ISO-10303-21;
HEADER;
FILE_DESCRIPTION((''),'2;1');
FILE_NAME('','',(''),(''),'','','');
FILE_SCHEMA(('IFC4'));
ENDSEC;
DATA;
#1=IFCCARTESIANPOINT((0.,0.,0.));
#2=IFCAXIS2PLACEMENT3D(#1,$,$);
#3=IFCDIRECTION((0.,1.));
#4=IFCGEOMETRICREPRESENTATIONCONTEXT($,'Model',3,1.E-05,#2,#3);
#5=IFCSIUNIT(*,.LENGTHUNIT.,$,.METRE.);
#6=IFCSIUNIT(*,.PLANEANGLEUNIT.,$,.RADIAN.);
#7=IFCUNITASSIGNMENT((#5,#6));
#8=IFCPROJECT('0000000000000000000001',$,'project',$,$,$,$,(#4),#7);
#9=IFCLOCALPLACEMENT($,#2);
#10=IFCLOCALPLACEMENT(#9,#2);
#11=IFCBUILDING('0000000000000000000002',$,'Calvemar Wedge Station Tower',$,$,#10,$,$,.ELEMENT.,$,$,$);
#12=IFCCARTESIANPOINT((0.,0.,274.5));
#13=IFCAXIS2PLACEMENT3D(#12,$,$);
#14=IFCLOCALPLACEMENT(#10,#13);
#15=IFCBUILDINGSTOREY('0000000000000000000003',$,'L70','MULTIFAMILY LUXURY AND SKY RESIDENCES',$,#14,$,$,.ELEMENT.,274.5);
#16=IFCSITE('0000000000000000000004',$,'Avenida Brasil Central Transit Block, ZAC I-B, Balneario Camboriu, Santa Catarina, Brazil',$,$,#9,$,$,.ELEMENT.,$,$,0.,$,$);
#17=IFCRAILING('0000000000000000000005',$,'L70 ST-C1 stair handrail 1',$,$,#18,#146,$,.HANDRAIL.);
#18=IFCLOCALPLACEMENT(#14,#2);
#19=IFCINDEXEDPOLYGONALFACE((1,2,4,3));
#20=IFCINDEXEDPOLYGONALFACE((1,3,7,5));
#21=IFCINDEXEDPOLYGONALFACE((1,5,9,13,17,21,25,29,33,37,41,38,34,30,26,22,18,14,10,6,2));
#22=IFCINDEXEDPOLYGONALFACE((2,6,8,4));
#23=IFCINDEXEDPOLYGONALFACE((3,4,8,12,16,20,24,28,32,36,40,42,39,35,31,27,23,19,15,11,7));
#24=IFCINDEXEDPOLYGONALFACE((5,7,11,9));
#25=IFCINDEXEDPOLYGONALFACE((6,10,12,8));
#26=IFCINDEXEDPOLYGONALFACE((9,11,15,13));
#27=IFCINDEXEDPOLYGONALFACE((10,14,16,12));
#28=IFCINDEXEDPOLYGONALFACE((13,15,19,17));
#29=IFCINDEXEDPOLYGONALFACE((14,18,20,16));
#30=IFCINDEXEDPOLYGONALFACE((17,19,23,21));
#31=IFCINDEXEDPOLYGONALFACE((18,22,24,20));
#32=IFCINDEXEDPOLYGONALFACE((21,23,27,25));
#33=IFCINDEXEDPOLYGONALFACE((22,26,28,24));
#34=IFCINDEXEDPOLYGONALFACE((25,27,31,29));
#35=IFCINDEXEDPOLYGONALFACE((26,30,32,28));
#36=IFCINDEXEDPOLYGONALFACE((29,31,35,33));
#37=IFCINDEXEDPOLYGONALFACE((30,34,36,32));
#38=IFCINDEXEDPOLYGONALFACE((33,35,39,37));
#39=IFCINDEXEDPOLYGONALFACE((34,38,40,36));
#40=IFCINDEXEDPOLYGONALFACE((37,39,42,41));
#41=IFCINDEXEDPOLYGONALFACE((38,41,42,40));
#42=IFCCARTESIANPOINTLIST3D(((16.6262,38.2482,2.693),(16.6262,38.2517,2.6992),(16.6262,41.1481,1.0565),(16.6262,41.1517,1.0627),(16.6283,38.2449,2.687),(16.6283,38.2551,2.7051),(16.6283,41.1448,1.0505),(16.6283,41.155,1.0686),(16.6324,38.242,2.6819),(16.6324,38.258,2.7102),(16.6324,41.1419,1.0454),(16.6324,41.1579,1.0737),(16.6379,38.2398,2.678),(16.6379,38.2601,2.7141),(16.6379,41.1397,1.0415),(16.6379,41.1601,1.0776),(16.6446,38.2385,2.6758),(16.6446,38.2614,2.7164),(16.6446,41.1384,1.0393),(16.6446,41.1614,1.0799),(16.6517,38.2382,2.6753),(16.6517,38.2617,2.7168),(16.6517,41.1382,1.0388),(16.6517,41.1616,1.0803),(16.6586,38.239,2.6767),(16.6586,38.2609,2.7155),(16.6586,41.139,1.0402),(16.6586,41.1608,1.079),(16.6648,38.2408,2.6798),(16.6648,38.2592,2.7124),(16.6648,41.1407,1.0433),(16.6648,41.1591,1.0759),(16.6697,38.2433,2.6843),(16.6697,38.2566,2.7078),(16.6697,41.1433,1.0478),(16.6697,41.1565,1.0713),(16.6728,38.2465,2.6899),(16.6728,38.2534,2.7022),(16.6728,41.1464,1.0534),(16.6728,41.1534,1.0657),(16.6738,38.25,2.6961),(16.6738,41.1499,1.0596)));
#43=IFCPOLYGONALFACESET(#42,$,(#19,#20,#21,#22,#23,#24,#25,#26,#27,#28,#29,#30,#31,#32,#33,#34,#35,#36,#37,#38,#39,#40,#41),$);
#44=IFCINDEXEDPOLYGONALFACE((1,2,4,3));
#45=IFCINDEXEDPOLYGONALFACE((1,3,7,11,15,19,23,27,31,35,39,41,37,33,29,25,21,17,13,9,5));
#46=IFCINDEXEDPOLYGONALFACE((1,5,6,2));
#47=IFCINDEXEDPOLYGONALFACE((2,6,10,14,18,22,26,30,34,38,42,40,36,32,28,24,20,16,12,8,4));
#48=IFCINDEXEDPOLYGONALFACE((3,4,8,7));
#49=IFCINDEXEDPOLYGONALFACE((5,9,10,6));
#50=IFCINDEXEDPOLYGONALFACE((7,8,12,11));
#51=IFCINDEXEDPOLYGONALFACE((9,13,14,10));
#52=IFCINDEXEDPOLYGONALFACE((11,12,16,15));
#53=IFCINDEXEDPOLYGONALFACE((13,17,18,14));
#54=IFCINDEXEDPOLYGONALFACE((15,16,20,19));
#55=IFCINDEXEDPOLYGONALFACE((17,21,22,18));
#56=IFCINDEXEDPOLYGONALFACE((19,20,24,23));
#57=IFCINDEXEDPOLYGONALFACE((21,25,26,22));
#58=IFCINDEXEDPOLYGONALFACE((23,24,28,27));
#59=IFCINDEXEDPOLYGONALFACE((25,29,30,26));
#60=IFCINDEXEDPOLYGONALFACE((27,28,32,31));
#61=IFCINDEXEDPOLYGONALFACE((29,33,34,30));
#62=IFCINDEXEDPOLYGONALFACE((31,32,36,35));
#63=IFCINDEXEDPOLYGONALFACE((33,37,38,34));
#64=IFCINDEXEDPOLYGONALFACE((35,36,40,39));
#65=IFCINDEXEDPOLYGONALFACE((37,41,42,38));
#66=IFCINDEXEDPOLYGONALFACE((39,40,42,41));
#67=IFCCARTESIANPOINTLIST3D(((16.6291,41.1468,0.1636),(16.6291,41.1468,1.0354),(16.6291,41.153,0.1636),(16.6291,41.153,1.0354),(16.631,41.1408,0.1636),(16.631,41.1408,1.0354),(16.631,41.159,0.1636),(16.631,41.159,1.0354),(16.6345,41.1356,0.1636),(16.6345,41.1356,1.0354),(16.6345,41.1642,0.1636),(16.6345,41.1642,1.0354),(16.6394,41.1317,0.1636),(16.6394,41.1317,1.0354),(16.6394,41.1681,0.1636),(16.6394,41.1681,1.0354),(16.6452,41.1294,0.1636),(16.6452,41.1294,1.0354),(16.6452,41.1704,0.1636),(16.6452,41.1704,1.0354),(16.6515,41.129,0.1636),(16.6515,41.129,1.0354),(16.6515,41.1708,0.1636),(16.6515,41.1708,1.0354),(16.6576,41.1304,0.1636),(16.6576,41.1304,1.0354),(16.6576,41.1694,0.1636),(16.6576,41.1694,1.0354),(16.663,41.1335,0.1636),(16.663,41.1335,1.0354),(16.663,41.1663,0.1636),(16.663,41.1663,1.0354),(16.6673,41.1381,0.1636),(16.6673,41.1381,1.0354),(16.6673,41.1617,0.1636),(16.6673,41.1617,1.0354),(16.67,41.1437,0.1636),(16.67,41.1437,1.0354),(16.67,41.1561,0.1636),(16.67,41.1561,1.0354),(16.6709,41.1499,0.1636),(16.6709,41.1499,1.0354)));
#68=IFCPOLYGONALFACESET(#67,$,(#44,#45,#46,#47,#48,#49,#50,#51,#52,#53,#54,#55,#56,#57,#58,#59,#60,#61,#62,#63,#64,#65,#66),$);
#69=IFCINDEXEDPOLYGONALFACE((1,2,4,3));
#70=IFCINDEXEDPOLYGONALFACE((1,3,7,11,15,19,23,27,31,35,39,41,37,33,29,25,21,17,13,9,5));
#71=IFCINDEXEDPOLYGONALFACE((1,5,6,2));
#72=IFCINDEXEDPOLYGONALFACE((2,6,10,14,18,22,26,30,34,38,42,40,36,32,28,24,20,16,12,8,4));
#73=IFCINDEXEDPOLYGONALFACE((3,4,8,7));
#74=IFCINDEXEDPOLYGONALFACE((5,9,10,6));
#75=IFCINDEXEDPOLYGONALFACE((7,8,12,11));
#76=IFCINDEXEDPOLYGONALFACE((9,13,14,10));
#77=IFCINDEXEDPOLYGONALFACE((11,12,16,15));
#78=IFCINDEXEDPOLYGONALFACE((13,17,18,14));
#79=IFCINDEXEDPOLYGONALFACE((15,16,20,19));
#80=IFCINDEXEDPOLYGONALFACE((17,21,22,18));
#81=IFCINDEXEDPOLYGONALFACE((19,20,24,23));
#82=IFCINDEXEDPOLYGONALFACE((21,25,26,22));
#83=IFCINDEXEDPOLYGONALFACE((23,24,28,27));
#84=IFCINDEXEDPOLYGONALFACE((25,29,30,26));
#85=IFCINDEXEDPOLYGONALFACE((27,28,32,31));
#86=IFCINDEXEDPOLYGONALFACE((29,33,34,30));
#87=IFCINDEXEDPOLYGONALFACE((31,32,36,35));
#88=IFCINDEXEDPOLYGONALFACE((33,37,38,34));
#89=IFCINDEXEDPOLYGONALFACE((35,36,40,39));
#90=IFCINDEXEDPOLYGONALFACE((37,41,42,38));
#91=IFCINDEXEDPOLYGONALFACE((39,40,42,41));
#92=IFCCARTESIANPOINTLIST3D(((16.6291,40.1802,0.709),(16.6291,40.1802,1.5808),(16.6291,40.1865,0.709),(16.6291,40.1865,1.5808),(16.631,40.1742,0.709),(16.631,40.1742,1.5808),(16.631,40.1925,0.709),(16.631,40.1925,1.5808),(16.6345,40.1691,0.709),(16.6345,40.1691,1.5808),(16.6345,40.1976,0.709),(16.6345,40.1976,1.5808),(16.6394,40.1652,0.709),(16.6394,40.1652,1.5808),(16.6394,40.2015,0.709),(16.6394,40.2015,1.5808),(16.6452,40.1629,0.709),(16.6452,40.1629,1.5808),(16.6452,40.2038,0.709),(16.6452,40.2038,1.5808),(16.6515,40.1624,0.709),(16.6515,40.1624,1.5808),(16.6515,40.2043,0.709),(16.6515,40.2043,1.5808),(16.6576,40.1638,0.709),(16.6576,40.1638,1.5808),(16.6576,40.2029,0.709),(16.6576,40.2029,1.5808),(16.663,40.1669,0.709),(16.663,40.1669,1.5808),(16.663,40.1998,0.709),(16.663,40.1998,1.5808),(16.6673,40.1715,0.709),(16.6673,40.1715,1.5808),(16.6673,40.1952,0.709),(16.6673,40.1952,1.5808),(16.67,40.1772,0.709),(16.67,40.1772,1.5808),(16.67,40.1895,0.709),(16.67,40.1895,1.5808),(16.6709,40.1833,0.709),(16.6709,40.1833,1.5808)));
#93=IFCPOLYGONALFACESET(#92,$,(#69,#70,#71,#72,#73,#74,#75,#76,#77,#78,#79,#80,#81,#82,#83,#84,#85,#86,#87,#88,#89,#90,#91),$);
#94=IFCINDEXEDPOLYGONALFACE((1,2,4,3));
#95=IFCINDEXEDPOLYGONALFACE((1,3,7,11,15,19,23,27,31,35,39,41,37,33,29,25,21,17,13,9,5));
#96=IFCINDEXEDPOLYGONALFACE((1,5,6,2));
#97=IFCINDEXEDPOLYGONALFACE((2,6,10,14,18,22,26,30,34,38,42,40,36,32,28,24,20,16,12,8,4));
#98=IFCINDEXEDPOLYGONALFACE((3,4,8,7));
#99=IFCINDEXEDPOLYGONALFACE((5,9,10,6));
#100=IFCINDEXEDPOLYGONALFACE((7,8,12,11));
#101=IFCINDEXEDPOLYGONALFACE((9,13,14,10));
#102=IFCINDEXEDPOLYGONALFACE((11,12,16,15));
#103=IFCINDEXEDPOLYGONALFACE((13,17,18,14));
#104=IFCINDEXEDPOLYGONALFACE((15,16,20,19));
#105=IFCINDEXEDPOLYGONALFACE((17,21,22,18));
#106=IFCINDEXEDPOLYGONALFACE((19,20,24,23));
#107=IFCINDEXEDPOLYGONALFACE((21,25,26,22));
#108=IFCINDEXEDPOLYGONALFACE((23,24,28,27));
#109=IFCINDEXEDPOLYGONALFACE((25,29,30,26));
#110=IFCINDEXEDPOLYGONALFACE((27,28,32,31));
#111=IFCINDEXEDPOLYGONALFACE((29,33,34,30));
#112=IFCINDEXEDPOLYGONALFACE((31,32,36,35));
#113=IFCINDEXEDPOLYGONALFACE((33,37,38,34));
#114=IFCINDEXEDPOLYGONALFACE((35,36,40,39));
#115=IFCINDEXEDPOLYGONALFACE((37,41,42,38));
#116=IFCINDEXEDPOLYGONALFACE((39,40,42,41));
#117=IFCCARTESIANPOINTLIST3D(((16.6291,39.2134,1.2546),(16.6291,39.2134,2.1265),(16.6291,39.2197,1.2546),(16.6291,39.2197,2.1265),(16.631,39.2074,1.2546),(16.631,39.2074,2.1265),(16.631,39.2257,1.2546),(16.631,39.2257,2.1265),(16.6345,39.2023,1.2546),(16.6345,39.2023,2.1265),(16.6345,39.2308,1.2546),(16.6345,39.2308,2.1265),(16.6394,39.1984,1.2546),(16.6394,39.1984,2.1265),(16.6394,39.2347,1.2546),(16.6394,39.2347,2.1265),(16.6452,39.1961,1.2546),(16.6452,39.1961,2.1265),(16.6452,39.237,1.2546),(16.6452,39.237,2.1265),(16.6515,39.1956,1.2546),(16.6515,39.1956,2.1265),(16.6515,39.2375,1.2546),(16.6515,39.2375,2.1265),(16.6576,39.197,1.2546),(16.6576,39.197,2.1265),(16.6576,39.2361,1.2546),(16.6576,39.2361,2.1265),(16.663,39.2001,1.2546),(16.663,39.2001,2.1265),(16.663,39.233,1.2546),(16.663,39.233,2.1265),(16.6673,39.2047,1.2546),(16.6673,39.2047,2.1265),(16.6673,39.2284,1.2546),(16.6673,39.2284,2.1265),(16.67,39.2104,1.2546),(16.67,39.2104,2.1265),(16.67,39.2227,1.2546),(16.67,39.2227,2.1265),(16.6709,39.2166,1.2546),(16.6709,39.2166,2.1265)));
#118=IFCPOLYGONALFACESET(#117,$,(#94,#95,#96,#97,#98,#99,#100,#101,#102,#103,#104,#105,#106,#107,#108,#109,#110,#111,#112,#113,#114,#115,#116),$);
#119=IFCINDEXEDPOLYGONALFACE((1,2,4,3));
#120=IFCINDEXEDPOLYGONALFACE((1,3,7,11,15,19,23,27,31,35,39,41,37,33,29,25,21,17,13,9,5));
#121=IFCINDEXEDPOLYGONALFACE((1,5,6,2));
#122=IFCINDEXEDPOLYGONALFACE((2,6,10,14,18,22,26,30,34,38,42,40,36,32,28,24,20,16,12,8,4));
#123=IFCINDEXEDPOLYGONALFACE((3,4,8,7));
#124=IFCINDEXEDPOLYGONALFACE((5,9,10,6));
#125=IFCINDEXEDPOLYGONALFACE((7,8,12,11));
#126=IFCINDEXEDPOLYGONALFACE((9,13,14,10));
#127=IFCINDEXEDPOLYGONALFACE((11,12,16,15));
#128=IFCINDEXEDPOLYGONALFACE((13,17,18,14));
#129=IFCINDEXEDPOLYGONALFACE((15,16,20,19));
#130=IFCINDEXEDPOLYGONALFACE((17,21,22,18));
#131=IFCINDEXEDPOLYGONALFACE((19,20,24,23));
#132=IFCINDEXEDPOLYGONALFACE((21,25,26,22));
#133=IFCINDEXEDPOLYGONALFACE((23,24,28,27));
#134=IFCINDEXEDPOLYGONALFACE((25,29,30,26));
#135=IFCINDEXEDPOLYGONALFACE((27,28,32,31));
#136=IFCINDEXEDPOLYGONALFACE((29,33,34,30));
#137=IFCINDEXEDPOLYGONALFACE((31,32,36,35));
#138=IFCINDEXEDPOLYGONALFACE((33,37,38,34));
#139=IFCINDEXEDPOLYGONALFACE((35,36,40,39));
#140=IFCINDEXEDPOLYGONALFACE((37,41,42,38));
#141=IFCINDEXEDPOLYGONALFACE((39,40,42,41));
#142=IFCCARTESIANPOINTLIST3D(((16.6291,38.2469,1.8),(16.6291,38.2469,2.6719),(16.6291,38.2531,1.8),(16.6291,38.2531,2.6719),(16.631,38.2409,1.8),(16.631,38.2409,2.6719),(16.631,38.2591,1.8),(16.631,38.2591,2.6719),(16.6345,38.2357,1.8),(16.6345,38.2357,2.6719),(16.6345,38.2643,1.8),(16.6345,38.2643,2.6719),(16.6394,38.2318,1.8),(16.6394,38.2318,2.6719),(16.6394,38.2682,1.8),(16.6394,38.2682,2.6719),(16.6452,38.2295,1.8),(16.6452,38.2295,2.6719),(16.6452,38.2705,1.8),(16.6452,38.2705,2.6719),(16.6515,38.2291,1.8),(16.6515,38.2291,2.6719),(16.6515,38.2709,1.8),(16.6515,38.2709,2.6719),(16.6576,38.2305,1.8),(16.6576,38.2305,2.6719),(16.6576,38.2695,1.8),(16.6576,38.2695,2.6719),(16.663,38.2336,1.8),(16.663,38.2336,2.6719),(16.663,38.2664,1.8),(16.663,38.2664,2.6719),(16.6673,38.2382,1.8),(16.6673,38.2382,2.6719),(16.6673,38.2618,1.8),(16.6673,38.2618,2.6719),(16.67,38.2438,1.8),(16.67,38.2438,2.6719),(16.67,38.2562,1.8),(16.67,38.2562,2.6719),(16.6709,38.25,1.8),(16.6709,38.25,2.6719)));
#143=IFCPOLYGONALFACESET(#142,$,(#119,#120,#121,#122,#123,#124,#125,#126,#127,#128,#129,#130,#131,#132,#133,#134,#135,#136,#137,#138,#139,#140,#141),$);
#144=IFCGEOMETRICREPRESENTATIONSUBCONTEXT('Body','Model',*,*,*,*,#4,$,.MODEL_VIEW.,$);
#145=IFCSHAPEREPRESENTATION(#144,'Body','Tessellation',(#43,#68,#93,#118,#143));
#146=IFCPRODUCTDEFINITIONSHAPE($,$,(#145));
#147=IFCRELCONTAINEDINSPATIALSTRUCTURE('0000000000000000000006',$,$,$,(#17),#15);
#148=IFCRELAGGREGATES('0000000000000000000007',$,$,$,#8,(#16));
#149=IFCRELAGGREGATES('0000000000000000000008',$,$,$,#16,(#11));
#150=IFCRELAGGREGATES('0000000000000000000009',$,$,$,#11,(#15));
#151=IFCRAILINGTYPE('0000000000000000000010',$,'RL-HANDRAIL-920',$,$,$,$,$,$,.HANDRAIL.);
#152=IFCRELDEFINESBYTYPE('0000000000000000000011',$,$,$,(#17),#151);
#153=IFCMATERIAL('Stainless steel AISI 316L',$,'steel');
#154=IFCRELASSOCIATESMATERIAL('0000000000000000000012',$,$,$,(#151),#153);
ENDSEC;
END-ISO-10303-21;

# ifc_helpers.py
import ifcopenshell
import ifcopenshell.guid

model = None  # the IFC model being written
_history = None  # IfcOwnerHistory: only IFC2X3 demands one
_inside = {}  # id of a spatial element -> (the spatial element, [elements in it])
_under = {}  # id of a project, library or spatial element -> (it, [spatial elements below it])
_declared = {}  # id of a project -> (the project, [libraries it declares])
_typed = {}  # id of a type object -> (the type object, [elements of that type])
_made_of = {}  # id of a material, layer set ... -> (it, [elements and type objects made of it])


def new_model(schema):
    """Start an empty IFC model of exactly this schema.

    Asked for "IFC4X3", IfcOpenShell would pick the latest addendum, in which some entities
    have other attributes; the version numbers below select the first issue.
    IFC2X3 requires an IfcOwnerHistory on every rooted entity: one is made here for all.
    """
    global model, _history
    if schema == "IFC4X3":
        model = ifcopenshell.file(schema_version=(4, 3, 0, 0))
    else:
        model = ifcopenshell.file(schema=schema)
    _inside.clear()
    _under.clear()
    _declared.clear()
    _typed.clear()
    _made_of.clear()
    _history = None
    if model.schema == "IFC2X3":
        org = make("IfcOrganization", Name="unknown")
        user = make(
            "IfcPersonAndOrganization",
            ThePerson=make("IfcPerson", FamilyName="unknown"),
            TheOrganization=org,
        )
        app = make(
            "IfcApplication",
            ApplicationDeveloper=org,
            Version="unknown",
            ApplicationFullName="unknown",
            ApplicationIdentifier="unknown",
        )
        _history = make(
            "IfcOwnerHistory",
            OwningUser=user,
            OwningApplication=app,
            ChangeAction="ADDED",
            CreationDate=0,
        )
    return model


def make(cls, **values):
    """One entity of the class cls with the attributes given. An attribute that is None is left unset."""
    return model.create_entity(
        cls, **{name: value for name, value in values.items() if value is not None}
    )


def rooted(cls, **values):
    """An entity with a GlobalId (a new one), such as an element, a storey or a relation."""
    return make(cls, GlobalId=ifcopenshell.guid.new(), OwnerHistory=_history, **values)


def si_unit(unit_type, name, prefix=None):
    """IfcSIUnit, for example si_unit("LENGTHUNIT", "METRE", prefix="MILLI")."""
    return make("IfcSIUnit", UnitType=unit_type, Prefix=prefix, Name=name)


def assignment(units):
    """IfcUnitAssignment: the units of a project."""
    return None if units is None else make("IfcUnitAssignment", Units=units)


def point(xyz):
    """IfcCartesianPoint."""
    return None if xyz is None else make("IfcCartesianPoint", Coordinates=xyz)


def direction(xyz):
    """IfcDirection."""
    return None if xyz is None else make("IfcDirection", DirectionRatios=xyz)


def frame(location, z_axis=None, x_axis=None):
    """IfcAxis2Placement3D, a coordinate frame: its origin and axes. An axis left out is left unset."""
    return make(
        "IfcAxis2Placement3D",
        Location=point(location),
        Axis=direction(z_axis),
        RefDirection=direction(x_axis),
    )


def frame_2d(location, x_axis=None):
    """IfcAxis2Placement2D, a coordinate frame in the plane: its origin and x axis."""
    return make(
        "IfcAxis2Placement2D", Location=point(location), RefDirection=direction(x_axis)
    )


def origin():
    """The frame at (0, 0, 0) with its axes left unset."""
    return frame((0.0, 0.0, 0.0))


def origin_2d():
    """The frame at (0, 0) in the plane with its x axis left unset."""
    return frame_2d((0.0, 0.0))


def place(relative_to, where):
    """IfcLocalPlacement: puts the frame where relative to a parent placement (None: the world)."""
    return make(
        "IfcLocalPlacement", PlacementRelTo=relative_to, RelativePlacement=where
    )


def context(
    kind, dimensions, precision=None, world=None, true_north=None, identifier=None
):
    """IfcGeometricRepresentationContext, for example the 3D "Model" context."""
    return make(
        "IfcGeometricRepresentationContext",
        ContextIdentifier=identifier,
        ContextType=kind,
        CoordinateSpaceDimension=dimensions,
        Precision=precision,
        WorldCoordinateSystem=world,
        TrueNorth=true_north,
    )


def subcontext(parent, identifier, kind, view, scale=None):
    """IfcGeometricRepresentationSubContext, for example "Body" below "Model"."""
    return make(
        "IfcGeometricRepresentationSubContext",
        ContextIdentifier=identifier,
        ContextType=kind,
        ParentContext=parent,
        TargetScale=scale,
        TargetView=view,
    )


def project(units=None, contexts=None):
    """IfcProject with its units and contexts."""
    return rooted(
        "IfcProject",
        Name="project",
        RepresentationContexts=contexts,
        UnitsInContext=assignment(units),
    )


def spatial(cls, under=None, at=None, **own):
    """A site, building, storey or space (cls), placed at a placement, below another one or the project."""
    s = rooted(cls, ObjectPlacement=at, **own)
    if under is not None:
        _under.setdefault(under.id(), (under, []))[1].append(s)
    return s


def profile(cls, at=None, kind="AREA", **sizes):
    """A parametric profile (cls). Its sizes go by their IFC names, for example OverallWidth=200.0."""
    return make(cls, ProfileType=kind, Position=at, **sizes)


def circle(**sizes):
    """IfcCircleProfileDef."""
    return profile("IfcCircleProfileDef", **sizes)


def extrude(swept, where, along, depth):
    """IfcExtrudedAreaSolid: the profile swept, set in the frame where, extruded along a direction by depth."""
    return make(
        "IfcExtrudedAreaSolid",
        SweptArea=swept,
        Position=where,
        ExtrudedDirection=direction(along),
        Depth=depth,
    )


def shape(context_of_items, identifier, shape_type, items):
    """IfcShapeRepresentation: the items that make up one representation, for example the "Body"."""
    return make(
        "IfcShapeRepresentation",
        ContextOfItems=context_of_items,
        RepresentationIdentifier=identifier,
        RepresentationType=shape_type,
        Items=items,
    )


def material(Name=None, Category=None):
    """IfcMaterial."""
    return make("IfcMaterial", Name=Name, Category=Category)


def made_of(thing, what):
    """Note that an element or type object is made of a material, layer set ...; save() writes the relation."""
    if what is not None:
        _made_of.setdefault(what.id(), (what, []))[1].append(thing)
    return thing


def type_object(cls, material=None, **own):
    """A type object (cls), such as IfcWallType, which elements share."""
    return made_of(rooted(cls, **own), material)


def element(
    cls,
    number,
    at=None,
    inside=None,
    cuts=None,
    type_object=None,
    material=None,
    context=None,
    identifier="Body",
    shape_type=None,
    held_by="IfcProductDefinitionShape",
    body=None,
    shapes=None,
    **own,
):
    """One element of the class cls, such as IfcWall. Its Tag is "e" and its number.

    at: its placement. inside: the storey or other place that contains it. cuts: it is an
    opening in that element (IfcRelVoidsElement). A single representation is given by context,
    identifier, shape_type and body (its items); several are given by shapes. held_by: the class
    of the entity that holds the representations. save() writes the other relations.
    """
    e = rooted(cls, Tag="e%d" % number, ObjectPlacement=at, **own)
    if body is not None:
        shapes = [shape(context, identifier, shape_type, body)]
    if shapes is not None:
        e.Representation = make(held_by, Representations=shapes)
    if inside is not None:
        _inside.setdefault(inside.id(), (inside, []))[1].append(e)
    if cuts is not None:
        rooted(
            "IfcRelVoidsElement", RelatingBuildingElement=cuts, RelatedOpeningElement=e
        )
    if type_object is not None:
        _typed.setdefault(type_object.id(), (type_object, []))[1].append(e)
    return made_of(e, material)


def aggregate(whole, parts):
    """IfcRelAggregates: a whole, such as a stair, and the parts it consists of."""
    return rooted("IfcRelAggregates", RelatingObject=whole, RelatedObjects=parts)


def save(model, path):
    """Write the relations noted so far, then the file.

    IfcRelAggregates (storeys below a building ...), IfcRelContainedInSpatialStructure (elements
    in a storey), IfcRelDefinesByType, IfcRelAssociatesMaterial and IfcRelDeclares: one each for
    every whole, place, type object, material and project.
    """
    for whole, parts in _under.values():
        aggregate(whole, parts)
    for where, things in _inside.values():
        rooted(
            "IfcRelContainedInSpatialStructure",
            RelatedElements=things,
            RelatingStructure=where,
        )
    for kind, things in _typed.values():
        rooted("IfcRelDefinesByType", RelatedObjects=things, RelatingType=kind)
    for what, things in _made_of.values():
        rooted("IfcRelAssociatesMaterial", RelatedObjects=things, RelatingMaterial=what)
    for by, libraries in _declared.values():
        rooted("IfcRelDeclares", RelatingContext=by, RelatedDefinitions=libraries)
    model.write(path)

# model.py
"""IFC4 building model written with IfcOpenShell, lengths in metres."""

from ifc_helpers import new_model, si_unit, direction, frame, origin, origin_2d, place, context, subcontext, project, spatial, circle, extrude, material, type_object, element, save


model = new_model("IFC4")

# Units and contexts
model_context = context("Model", 3, precision=1e-05, world=origin(), true_north=direction((0.0, 1.0)))
body_context = subcontext(model_context, "Body", "Model", "MODEL_VIEW")
ifc_project = project(units=[si_unit("LENGTHUNIT", "METRE"), si_unit("PLANEANGLEUNIT", "RADIAN")], contexts=[model_context])

# Site, building, storey
site_placement = place(None, origin())
site = spatial("IfcSite", under=ifc_project, at=site_placement, Name="Avenida Brasil Central Transit Block, ZAC I-B, Balneario Camboriu, Santa Catarina, Brazil", CompositionType="ELEMENT", RefElevation=0.0)
building_placement = place(site_placement, origin())
building = spatial("IfcBuilding", under=site, at=building_placement, Name="Calvemar Wedge Station Tower", CompositionType="ELEMENT")
storey_placement = place(building_placement, frame((0.0, 0.0, 274.5)))
storey = spatial("IfcBuildingStorey", under=building, at=storey_placement, Name="L70", Description="MULTIFAMILY LUXURY AND SKY RESIDENCES", CompositionType="ELEMENT", Elevation=274.5)

# Railing
ifc_material_1 = material(Name="Stainless steel AISI 316L", Category="steel")
railing_type_1 = type_object("IfcRailingType", Name="RL-HANDRAIL-920", PredefinedType="HANDRAIL", material=ifc_material_1)
railing_1_placement = place(storey_placement, frame((16.6499, 41.1499, 0.1636)))
element("IfcRailing", 1, at=railing_1_placement, inside=storey, type_object=railing_type_1, Name="L70 ST-C1 stair handrail 1", PredefinedType="HANDRAIL", context=body_context, shape_type="SweptSolid", body=[
    extrude(circle(Radius=0.0239, at=origin_2d()), frame((0.0, 0.0, 0.896), z_axis=(0.0, -0.870897, 0.491465), x_axis=(1.0, 0.0, 0.0)), (0.0, 0.0, 1.0), 3.3298),
    extrude(circle(Radius=0.021, at=origin_2d()), origin(), (0.0, 0.0, 1.0), 0.8718),
    extrude(circle(Radius=0.021, at=origin_2d()), frame((0.0, -0.9666, 0.5454)), (0.0, 0.0, 1.0), 0.8718),
    extrude(circle(Radius=0.021, at=origin_2d()), frame((0.0, -1.9333, 1.0911)), (0.0, 0.0, 1.0), 0.8718),
    extrude(circle(Radius=0.021, at=origin_2d()), frame((0.0, -2.8999, 1.6365)), (0.0, 0.0, 1.0), 0.8718),
])

save(model, "model.ifc")
